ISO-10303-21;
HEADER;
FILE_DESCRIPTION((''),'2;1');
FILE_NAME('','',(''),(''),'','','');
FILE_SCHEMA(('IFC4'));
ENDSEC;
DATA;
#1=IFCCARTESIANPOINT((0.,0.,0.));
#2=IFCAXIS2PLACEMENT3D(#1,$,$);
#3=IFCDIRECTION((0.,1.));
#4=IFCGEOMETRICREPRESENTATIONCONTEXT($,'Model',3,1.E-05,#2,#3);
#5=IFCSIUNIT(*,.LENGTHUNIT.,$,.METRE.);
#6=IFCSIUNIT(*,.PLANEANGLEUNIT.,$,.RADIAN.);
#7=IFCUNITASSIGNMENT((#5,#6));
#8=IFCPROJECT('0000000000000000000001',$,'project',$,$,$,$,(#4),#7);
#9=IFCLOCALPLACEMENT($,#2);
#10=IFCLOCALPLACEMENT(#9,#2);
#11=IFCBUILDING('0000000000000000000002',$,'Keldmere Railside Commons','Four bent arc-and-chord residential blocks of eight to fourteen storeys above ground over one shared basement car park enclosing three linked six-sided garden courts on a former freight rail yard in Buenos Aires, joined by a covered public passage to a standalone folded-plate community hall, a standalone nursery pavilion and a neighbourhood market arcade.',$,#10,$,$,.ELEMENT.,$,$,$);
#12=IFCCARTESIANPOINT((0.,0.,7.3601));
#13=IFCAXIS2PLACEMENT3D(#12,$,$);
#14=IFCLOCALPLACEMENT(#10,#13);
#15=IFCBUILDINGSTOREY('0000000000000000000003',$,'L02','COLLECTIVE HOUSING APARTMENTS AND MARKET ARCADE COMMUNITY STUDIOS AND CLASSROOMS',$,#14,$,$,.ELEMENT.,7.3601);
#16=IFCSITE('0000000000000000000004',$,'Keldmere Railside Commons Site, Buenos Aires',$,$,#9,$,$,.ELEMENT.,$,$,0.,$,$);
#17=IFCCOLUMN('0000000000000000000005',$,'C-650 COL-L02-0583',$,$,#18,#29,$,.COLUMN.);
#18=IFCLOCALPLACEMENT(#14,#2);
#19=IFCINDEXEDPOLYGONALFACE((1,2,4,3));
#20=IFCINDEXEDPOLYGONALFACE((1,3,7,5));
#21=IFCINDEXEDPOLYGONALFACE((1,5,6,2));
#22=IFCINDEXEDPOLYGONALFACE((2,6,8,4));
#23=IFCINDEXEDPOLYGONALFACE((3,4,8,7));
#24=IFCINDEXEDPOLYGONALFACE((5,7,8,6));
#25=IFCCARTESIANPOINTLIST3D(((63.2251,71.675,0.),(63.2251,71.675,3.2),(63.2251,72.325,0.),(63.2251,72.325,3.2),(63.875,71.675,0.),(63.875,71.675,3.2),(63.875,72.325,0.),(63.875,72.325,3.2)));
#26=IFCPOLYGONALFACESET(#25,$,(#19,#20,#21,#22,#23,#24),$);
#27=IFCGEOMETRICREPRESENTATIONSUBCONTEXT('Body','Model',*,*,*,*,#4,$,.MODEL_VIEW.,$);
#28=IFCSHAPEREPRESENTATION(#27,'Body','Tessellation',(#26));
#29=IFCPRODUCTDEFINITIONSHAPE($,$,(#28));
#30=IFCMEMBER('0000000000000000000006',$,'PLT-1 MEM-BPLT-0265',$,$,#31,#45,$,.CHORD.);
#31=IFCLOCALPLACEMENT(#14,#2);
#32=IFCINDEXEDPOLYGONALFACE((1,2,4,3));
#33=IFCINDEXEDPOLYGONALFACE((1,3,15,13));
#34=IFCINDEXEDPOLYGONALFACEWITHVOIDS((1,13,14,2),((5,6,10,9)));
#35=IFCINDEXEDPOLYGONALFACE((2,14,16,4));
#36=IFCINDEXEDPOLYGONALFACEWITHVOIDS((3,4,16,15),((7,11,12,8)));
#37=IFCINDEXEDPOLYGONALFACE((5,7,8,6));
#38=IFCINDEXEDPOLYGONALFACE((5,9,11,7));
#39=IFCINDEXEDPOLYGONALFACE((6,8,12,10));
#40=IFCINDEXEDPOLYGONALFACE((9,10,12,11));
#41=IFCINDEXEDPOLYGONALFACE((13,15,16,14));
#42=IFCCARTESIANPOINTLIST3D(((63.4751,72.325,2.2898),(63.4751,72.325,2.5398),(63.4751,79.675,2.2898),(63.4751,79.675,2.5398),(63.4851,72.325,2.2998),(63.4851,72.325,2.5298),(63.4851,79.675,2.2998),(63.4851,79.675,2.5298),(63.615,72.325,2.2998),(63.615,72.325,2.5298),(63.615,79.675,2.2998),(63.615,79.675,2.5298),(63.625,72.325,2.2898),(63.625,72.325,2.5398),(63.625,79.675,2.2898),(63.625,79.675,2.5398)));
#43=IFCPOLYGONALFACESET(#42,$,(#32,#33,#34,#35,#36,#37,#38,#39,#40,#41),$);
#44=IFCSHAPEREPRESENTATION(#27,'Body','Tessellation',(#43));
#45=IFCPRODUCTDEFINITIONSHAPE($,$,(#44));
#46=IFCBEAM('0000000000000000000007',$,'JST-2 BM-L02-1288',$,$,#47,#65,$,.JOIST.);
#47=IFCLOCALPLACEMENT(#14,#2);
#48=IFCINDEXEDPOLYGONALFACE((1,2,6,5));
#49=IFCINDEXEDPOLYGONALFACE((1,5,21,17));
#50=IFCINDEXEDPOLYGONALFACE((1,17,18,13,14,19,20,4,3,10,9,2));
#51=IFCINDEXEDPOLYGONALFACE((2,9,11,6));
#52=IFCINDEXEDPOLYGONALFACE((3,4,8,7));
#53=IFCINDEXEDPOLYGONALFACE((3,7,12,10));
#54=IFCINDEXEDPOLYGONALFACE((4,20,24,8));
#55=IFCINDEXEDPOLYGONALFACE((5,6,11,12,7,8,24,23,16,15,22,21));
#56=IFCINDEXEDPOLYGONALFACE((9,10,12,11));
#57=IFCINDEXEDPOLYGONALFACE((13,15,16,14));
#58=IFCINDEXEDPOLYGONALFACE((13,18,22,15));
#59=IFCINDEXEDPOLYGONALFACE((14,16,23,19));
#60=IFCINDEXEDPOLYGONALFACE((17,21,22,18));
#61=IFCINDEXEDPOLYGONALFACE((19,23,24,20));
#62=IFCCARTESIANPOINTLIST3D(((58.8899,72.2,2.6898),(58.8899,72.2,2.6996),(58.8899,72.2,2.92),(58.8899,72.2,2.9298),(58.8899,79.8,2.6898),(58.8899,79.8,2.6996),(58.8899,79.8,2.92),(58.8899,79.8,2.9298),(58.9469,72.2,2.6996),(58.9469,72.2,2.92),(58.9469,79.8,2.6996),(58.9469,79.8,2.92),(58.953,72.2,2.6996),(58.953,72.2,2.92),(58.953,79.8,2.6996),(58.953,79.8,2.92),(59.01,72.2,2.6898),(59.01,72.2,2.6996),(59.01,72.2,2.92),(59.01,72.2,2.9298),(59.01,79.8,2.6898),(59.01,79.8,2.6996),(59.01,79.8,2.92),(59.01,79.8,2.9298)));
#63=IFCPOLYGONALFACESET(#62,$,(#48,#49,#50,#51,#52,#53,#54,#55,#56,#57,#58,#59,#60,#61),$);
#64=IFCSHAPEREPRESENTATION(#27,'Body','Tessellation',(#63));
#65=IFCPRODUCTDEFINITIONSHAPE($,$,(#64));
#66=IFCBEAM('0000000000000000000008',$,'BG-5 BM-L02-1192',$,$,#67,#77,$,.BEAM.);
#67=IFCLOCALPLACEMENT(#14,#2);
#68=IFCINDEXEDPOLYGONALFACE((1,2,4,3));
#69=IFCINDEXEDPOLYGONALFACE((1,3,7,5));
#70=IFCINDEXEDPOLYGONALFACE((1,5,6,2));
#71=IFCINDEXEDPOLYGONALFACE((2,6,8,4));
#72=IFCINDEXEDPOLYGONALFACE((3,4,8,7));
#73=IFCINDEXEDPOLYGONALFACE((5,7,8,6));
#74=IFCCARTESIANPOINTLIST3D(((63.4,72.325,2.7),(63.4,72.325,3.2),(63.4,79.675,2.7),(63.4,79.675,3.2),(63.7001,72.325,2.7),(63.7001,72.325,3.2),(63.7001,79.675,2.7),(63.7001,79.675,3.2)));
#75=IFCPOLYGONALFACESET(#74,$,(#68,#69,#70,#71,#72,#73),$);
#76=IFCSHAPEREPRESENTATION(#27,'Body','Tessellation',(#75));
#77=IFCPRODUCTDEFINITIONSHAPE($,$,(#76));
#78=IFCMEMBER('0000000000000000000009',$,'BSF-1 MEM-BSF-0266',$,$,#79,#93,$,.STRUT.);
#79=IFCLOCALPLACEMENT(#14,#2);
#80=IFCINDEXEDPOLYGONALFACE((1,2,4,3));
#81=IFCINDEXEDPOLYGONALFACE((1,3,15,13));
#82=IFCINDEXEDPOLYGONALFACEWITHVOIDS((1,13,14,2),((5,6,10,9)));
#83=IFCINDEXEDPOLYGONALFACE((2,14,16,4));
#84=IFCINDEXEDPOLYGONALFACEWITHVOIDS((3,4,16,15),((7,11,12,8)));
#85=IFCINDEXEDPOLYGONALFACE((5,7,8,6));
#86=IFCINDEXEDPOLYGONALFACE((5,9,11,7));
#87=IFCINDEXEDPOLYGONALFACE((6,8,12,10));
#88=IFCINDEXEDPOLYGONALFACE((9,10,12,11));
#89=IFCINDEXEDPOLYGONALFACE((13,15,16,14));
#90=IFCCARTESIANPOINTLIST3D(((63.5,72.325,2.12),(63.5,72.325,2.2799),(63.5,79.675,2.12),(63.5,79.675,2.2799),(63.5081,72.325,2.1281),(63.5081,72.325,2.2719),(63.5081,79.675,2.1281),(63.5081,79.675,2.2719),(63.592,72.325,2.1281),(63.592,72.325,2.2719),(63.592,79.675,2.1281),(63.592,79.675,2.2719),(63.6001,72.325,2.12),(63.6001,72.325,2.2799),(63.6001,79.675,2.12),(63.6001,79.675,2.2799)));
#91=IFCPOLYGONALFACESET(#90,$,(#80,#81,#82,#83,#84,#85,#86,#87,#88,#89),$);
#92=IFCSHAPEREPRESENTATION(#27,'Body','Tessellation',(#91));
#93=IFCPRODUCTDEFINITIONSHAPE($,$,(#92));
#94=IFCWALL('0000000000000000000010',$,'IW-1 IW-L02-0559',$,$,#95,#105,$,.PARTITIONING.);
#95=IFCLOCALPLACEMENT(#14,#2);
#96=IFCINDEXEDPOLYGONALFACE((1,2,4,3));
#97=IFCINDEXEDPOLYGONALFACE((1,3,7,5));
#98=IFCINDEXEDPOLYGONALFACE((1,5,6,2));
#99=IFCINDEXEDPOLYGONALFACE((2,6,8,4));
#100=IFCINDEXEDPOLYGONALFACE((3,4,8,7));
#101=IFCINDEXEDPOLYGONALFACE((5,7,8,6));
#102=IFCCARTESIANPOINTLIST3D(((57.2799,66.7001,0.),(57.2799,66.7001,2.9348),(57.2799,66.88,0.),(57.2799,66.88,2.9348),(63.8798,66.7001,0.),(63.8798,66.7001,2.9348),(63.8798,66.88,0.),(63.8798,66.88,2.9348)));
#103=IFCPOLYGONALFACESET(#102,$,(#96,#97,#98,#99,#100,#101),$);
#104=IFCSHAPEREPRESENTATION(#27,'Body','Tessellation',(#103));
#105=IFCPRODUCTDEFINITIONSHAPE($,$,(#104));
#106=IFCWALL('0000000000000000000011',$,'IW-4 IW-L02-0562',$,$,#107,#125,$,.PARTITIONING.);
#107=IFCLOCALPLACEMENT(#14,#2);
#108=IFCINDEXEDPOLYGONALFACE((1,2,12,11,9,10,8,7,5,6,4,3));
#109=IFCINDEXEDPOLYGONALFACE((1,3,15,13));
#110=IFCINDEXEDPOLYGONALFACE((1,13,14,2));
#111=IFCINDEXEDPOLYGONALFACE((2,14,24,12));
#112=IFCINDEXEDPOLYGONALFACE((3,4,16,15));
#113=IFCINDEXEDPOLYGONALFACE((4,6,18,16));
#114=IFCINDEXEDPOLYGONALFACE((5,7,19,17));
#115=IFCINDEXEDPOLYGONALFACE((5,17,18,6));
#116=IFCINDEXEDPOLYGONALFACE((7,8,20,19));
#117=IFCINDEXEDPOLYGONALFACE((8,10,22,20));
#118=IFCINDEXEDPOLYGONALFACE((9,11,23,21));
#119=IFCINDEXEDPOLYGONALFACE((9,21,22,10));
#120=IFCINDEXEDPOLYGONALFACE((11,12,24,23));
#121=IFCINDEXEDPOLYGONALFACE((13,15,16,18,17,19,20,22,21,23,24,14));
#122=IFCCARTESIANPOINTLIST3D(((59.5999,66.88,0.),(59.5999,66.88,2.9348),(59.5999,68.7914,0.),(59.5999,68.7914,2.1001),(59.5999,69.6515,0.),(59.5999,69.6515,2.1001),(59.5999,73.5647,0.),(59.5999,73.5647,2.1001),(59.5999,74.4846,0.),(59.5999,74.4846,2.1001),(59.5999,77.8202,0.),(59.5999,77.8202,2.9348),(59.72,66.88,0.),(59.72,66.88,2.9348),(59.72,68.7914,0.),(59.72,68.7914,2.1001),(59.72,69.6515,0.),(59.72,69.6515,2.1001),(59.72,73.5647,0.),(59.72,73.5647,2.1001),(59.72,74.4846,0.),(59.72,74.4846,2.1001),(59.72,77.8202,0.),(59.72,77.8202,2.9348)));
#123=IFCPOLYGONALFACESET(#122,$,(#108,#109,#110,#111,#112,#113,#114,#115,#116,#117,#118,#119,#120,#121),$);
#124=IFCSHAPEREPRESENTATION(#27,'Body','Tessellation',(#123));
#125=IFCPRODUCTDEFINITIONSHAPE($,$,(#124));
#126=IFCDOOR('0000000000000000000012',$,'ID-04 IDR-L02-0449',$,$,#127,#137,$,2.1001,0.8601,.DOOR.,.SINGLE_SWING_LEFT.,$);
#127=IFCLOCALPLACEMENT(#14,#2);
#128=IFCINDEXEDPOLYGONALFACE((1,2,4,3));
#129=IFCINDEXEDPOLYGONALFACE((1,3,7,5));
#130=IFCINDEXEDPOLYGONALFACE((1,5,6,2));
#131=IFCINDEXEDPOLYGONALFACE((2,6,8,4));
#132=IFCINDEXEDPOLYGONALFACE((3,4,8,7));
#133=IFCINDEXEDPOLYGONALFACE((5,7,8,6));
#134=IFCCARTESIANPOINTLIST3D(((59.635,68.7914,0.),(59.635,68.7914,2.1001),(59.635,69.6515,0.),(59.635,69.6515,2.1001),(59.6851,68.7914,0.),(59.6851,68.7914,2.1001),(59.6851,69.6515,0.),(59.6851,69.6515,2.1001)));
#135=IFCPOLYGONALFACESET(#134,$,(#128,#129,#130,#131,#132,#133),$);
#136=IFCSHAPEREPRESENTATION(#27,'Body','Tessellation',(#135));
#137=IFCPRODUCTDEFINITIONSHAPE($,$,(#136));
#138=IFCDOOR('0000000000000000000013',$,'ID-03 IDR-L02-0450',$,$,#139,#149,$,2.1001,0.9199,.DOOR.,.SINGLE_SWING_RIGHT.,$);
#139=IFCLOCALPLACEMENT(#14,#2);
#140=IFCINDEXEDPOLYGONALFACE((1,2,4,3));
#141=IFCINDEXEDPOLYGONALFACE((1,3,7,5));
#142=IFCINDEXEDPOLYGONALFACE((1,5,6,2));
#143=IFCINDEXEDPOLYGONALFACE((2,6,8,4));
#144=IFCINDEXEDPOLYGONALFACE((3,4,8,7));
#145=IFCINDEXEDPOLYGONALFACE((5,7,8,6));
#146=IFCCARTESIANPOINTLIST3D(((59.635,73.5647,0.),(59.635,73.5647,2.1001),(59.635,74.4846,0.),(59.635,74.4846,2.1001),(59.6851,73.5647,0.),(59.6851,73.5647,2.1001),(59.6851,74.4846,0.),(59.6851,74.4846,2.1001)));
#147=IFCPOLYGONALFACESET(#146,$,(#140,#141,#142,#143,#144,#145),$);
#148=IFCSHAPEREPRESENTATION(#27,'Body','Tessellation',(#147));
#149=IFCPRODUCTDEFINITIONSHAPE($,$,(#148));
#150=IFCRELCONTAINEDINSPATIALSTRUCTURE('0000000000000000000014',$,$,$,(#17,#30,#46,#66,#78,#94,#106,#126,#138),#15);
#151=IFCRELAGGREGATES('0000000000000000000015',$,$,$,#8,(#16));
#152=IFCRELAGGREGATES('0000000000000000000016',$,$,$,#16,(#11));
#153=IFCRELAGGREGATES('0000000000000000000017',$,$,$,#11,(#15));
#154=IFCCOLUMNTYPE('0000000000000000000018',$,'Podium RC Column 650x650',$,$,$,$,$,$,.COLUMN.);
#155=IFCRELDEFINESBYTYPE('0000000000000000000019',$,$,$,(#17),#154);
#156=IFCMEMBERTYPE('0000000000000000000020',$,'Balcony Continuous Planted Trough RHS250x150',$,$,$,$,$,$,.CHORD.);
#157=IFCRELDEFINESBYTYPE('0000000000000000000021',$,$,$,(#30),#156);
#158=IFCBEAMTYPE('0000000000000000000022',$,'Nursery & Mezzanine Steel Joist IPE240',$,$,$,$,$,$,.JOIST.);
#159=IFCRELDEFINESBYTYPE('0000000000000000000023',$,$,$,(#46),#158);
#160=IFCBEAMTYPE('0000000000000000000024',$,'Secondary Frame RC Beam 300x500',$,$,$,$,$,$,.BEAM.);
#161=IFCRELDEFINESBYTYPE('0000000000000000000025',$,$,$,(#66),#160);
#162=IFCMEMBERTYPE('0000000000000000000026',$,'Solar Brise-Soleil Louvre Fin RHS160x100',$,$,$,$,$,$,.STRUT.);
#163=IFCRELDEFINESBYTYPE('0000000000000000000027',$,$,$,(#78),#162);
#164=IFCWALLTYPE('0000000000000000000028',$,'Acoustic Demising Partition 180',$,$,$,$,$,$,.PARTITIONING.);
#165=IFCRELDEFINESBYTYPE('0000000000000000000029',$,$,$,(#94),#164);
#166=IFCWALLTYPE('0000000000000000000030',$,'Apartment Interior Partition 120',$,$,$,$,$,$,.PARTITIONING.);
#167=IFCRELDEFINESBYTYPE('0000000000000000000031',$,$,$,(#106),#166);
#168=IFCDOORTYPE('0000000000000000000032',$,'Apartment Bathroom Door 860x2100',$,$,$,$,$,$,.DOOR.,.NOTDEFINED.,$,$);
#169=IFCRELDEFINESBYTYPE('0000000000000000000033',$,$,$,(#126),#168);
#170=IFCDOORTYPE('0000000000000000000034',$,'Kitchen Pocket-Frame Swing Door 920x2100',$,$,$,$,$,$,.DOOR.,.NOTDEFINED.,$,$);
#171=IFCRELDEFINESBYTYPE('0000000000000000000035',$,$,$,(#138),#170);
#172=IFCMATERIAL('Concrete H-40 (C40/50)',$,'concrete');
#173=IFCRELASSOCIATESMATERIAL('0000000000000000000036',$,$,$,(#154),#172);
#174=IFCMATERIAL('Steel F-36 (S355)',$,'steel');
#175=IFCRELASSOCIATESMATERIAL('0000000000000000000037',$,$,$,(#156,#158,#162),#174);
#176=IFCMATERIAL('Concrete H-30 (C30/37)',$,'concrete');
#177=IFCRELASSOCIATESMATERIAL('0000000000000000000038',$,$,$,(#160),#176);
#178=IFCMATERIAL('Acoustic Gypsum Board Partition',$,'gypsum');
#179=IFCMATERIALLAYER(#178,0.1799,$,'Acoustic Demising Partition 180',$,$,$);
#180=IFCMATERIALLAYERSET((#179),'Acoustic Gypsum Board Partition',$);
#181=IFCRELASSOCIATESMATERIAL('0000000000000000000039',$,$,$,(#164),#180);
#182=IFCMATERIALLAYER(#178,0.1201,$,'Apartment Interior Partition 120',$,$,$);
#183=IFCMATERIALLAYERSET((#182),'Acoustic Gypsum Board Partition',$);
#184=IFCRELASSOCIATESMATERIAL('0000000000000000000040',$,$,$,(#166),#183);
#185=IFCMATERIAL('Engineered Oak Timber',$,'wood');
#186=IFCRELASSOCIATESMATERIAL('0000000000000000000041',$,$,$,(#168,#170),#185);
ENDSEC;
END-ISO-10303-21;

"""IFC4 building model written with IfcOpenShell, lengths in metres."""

from ifc_helpers import new_model, si_unit, direction, frame, frame_2d, origin, origin_2d, place, context, subcontext, project, spatial, rectangle, hollow_rectangle, i_section, extrude, material, layer, layer_set, material_profile, profile_set, type_object, element, fill, save


model = new_model("IFC4")

# Units and contexts
model_context = context("Model", 3, precision=1e-05, world=origin(), true_north=direction((0.0, 1.0)))
body_context = subcontext(model_context, "Body", "Model", "MODEL_VIEW")
ifc_project = project(units=[si_unit("LENGTHUNIT", "METRE"), si_unit("PLANEANGLEUNIT", "RADIAN")], contexts=[model_context])

# Site, building, storey
site_placement = place(None, origin())
site = spatial("IfcSite", under=ifc_project, at=site_placement, Name="Keldmere Railside Commons Site, Buenos Aires", CompositionType="ELEMENT", RefElevation=0.0)
building_placement = place(site_placement, origin())
building = spatial("IfcBuilding", under=site, at=building_placement, Name="Keldmere Railside Commons", Description="Four bent arc-and-chord residential blocks of eight to fourteen storeys above ground over one shared basement car park enclosing three linked six-sided garden courts on a former freight rail yard in Buenos Aires, joined by a covered public passage to a standalone folded-plate community hall, a standalone nursery pavilion and a neighbourhood market arcade.", CompositionType="ELEMENT")
storey_placement = place(building_placement, frame((0.0, 0.0, 7.3601)))
storey = spatial("IfcBuildingStorey", under=building, at=storey_placement, Name="L02", Description="COLLECTIVE HOUSING APARTMENTS AND MARKET ARCADE COMMUNITY STUDIOS AND CLASSROOMS", CompositionType="ELEMENT", Elevation=7.3601)

# Column
ifc_material_1 = material(Name="Concrete H-40 (C40/50)", Category="concrete")
ifc_material_profile_1 = material_profile(ifc_material_1, rectangle(XDim=0.6499, YDim=0.6499, at=origin_2d()), Name="RC-650x650")
ifc_profile_set_1 = profile_set([ifc_material_profile_1], Name="Concrete H-40 (C40/50)")
column_type = type_object("IfcColumnType", Name="Podium RC Column 650x650", PredefinedType="COLUMN", material=ifc_profile_set_1)
column_placement = place(storey_placement, frame((63.55, 72.0, 0.0), z_axis=(0.0, 0.0, 1.0), x_axis=(1.0, 0.0, 0.0)))
element("IfcColumn", 1, at=column_placement, inside=storey, type_object=column_type, Name="C-650 COL-L02-0583", PredefinedType="COLUMN", context=body_context, shape_type="SweptSolid", body=[
    extrude(rectangle(XDim=0.6499, YDim=0.6499, at=origin_2d()), origin(), (0.0, 0.0, 1.0), 3.2),
])

# Member
ifc_material_2 = material(Name="Steel F-36 (S355)", Category="steel")
ifc_material_profile_2 = material_profile(ifc_material_2, hollow_rectangle(XDim=0.1499, YDim=0.25, WallThickness=0.01, at=origin_2d()), Name="RHS-250x150x10")
ifc_profile_set_2 = profile_set([ifc_material_profile_2], Name="Steel F-36 (S355)")
member_type_1 = type_object("IfcMemberType", Name="Balcony Continuous Planted Trough RHS250x150", PredefinedType="CHORD", material=ifc_profile_set_2)
member_1_placement = place(storey_placement, frame((63.55, 72.325, 2.4148), z_axis=(0.0, 1.0, 0.0), x_axis=(-1.0, 0.0, 0.0)))
element("IfcMember", 2, at=member_1_placement, inside=storey, type_object=member_type_1, Name="PLT-1 MEM-BPLT-0265", PredefinedType="CHORD", context=body_context, shape_type="SweptSolid", body=[
    extrude(hollow_rectangle(XDim=0.1499, YDim=0.25, WallThickness=0.01, at=origin_2d()), origin(), (0.0, 0.0, 1.0), 7.3501),
])

# Beams
ifc_material_profile_3 = material_profile(ifc_material_2, i_section(OverallWidth=0.1201, OverallDepth=0.24, WebThickness=0.0061, FlangeThickness=0.0098, at=origin_2d()), Name="IPE-240")
ifc_profile_set_3 = profile_set([ifc_material_profile_3], Name="Steel F-36 (S355)")
beam_type_1 = type_object("IfcBeamType", Name="Nursery & Mezzanine Steel Joist IPE240", PredefinedType="JOIST", material=ifc_profile_set_3)
beam_1_placement = place(storey_placement, frame((58.95, 72.2, 2.8098), z_axis=(0.0, 1.0, 0.0), x_axis=(-1.0, 0.0, 0.0)))
element("IfcBeam", 3, at=beam_1_placement, inside=storey, type_object=beam_type_1, Name="JST-2 BM-L02-1288", PredefinedType="JOIST", context=body_context, shape_type="SweptSolid", body=[
    extrude(i_section(OverallWidth=0.1201, OverallDepth=0.24, WebThickness=0.0061, FlangeThickness=0.0098, at=origin_2d()), origin(), (0.0, 0.0, 1.0), 7.6001),
])
ifc_material_3 = material(Name="Concrete H-30 (C30/37)", Category="concrete")
ifc_material_profile_4 = material_profile(ifc_material_3, rectangle(XDim=0.3, YDim=0.5, at=origin_2d()), Name="RC-300x500")
ifc_profile_set_4 = profile_set([ifc_material_profile_4], Name="Concrete H-30 (C30/37)")
beam_type_2 = type_object("IfcBeamType", Name="Secondary Frame RC Beam 300x500", PredefinedType="BEAM", material=ifc_profile_set_4)
beam_2_placement = place(storey_placement, frame((63.55, 72.325, 2.95), z_axis=(0.0, 1.0, 0.0), x_axis=(-1.0, 0.0, 0.0)))
element("IfcBeam", 4, at=beam_2_placement, inside=storey, type_object=beam_type_2, Name="BG-5 BM-L02-1192", PredefinedType="BEAM", context=body_context, shape_type="SweptSolid", body=[
    extrude(rectangle(XDim=0.3, YDim=0.5, at=origin_2d()), origin(), (0.0, 0.0, 1.0), 7.3501),
])

# Member
ifc_material_profile_5 = material_profile(ifc_material_2, hollow_rectangle(XDim=0.1001, YDim=0.1599, WallThickness=0.0081, at=origin_2d()), Name="RHS-160x100x8")
ifc_profile_set_5 = profile_set([ifc_material_profile_5], Name="Steel F-36 (S355)")
member_type_2 = type_object("IfcMemberType", Name="Solar Brise-Soleil Louvre Fin RHS160x100", PredefinedType="STRUT", material=ifc_profile_set_5)
member_2_placement = place(storey_placement, frame((63.55, 72.325, 2.2), z_axis=(0.0, 1.0, 0.0), x_axis=(-1.0, 0.0, 0.0)))
element("IfcMember", 5, at=member_2_placement, inside=storey, type_object=member_type_2, Name="BSF-1 MEM-BSF-0266", PredefinedType="STRUT", context=body_context, shape_type="SweptSolid", body=[
    extrude(hollow_rectangle(XDim=0.1001, YDim=0.1599, WallThickness=0.0081, at=origin_2d()), origin(), (0.0, 0.0, 1.0), 7.3501),
])

# Wall
ifc_material_4 = material(Name="Acoustic Gypsum Board Partition", Category="gypsum")
ifc_layer_1 = layer(ifc_material_4, 0.1799, Name="Acoustic Demising Partition 180")
ifc_layer_set_1 = layer_set([ifc_layer_1], Name="Acoustic Gypsum Board Partition")
wall_type_1 = type_object("IfcWallType", Name="Acoustic Demising Partition 180", PredefinedType="PARTITIONING", material=ifc_layer_set_1)
wall_1_placement = place(storey_placement, frame((57.28, 66.79, 0.0), z_axis=(0.0, 0.0, 1.0), x_axis=(1.0, 0.0, 0.0)))
element("IfcWall", 6, at=wall_1_placement, inside=storey, type_object=wall_type_1, Name="IW-1 IW-L02-0559", PredefinedType="PARTITIONING", context=body_context, shape_type="SweptSolid", body=[
    extrude(rectangle(XDim=6.5999, YDim=0.1799, at=frame_2d((3.2998, 0.0))), origin(), (0.0, 0.0, 1.0), 2.9348),
])

# Wall, openings, doors
ifc_layer_2 = layer(ifc_material_4, 0.1201, Name="Apartment Interior Partition 120")
ifc_layer_set_2 = layer_set([ifc_layer_2], Name="Acoustic Gypsum Board Partition")
wall_type_2 = type_object("IfcWallType", Name="Apartment Interior Partition 120", PredefinedType="PARTITIONING", material=ifc_layer_set_2)
wall_2_placement = place(storey_placement, frame((59.6599, 66.8799, 0.0), z_axis=(0.0, 0.0, 1.0), x_axis=(0.0, 1.0, 0.0)))
wall_2 = element("IfcWall", 7, at=wall_2_placement, inside=storey, type_object=wall_type_2, Name="IW-4 IW-L02-0562", PredefinedType="PARTITIONING", context=body_context, shape_type="SweptSolid", body=[
    extrude(rectangle(XDim=10.9402, YDim=0.1201, at=frame_2d((5.4702, 0.0))), origin(), (0.0, 0.0, 1.0), 2.9348),
])
opening_1_placement = place(wall_2_placement, frame((1.9114, 0.0, 0.0)))
opening_1 = element("IfcOpeningElement", 8, at=opening_1_placement, cuts=wall_2, PredefinedType="OPENING", context=body_context, shape_type="SweptSolid", body=[
    extrude(rectangle(XDim=0.8601, YDim=2.1001, at=frame_2d((0.4302, 1.05))), frame((0.0, 0.0701, 0.0), z_axis=(0.0, -1.0, 0.0), x_axis=(1.0, 0.0, 0.0)), (0.0, 0.0, 1.0), 0.1401),
])
opening_2_placement = place(wall_2_placement, frame((6.6848, 0.0, 0.0)))
opening_2 = element("IfcOpeningElement", 9, at=opening_2_placement, cuts=wall_2, PredefinedType="OPENING", context=body_context, shape_type="SweptSolid", body=[
    extrude(rectangle(XDim=0.9199, YDim=2.1001, at=frame_2d((0.46, 1.05))), frame((0.0, 0.0701, 0.0), z_axis=(0.0, -1.0, 0.0), x_axis=(1.0, 0.0, 0.0)), (0.0, 0.0, 1.0), 0.1401),
])
ifc_material_5 = material(Name="Engineered Oak Timber", Category="wood")
door_type_1 = type_object("IfcDoorType", Name="Apartment Bathroom Door 860x2100", OperationType="NOTDEFINED", PredefinedType="DOOR", material=ifc_material_5)
door_1_placement = place(opening_1_placement, origin())
door_1 = element("IfcDoor", 10, at=door_1_placement, inside=storey, type_object=door_type_1, Name="ID-04 IDR-L02-0449", OperationType="SINGLE_SWING_LEFT", OverallHeight=2.1001, OverallWidth=0.8601, PredefinedType="DOOR", context=body_context, shape_type="SweptSolid", body=[
    extrude(rectangle(XDim=0.8601, YDim=2.1001, at=frame_2d((0.4302, 1.05))), frame((0.0, 0.0249, 0.0), z_axis=(0.0, -1.0, 0.0), x_axis=(1.0, 0.0, 0.0)), (0.0, 0.0, 1.0), 0.05),
])
fill(opening_1, door_1)
door_type_2 = type_object("IfcDoorType", Name="Kitchen Pocket-Frame Swing Door 920x2100", OperationType="NOTDEFINED", PredefinedType="DOOR", material=ifc_material_5)
door_2_placement = place(opening_2_placement, origin())
door_2 = element("IfcDoor", 11, at=door_2_placement, inside=storey, type_object=door_type_2, Name="ID-03 IDR-L02-0450", OperationType="SINGLE_SWING_RIGHT", OverallHeight=2.1001, OverallWidth=0.9199, PredefinedType="DOOR", context=body_context, shape_type="SweptSolid", body=[
    extrude(rectangle(XDim=0.9199, YDim=2.1001, at=frame_2d((0.46, 1.05))), frame((0.0, 0.0249, 0.0), z_axis=(0.0, -1.0, 0.0), x_axis=(1.0, 0.0, 0.0)), (0.0, 0.0, 1.0), 0.05),
])
fill(opening_2, door_2)

save(model, "model.ifc")
